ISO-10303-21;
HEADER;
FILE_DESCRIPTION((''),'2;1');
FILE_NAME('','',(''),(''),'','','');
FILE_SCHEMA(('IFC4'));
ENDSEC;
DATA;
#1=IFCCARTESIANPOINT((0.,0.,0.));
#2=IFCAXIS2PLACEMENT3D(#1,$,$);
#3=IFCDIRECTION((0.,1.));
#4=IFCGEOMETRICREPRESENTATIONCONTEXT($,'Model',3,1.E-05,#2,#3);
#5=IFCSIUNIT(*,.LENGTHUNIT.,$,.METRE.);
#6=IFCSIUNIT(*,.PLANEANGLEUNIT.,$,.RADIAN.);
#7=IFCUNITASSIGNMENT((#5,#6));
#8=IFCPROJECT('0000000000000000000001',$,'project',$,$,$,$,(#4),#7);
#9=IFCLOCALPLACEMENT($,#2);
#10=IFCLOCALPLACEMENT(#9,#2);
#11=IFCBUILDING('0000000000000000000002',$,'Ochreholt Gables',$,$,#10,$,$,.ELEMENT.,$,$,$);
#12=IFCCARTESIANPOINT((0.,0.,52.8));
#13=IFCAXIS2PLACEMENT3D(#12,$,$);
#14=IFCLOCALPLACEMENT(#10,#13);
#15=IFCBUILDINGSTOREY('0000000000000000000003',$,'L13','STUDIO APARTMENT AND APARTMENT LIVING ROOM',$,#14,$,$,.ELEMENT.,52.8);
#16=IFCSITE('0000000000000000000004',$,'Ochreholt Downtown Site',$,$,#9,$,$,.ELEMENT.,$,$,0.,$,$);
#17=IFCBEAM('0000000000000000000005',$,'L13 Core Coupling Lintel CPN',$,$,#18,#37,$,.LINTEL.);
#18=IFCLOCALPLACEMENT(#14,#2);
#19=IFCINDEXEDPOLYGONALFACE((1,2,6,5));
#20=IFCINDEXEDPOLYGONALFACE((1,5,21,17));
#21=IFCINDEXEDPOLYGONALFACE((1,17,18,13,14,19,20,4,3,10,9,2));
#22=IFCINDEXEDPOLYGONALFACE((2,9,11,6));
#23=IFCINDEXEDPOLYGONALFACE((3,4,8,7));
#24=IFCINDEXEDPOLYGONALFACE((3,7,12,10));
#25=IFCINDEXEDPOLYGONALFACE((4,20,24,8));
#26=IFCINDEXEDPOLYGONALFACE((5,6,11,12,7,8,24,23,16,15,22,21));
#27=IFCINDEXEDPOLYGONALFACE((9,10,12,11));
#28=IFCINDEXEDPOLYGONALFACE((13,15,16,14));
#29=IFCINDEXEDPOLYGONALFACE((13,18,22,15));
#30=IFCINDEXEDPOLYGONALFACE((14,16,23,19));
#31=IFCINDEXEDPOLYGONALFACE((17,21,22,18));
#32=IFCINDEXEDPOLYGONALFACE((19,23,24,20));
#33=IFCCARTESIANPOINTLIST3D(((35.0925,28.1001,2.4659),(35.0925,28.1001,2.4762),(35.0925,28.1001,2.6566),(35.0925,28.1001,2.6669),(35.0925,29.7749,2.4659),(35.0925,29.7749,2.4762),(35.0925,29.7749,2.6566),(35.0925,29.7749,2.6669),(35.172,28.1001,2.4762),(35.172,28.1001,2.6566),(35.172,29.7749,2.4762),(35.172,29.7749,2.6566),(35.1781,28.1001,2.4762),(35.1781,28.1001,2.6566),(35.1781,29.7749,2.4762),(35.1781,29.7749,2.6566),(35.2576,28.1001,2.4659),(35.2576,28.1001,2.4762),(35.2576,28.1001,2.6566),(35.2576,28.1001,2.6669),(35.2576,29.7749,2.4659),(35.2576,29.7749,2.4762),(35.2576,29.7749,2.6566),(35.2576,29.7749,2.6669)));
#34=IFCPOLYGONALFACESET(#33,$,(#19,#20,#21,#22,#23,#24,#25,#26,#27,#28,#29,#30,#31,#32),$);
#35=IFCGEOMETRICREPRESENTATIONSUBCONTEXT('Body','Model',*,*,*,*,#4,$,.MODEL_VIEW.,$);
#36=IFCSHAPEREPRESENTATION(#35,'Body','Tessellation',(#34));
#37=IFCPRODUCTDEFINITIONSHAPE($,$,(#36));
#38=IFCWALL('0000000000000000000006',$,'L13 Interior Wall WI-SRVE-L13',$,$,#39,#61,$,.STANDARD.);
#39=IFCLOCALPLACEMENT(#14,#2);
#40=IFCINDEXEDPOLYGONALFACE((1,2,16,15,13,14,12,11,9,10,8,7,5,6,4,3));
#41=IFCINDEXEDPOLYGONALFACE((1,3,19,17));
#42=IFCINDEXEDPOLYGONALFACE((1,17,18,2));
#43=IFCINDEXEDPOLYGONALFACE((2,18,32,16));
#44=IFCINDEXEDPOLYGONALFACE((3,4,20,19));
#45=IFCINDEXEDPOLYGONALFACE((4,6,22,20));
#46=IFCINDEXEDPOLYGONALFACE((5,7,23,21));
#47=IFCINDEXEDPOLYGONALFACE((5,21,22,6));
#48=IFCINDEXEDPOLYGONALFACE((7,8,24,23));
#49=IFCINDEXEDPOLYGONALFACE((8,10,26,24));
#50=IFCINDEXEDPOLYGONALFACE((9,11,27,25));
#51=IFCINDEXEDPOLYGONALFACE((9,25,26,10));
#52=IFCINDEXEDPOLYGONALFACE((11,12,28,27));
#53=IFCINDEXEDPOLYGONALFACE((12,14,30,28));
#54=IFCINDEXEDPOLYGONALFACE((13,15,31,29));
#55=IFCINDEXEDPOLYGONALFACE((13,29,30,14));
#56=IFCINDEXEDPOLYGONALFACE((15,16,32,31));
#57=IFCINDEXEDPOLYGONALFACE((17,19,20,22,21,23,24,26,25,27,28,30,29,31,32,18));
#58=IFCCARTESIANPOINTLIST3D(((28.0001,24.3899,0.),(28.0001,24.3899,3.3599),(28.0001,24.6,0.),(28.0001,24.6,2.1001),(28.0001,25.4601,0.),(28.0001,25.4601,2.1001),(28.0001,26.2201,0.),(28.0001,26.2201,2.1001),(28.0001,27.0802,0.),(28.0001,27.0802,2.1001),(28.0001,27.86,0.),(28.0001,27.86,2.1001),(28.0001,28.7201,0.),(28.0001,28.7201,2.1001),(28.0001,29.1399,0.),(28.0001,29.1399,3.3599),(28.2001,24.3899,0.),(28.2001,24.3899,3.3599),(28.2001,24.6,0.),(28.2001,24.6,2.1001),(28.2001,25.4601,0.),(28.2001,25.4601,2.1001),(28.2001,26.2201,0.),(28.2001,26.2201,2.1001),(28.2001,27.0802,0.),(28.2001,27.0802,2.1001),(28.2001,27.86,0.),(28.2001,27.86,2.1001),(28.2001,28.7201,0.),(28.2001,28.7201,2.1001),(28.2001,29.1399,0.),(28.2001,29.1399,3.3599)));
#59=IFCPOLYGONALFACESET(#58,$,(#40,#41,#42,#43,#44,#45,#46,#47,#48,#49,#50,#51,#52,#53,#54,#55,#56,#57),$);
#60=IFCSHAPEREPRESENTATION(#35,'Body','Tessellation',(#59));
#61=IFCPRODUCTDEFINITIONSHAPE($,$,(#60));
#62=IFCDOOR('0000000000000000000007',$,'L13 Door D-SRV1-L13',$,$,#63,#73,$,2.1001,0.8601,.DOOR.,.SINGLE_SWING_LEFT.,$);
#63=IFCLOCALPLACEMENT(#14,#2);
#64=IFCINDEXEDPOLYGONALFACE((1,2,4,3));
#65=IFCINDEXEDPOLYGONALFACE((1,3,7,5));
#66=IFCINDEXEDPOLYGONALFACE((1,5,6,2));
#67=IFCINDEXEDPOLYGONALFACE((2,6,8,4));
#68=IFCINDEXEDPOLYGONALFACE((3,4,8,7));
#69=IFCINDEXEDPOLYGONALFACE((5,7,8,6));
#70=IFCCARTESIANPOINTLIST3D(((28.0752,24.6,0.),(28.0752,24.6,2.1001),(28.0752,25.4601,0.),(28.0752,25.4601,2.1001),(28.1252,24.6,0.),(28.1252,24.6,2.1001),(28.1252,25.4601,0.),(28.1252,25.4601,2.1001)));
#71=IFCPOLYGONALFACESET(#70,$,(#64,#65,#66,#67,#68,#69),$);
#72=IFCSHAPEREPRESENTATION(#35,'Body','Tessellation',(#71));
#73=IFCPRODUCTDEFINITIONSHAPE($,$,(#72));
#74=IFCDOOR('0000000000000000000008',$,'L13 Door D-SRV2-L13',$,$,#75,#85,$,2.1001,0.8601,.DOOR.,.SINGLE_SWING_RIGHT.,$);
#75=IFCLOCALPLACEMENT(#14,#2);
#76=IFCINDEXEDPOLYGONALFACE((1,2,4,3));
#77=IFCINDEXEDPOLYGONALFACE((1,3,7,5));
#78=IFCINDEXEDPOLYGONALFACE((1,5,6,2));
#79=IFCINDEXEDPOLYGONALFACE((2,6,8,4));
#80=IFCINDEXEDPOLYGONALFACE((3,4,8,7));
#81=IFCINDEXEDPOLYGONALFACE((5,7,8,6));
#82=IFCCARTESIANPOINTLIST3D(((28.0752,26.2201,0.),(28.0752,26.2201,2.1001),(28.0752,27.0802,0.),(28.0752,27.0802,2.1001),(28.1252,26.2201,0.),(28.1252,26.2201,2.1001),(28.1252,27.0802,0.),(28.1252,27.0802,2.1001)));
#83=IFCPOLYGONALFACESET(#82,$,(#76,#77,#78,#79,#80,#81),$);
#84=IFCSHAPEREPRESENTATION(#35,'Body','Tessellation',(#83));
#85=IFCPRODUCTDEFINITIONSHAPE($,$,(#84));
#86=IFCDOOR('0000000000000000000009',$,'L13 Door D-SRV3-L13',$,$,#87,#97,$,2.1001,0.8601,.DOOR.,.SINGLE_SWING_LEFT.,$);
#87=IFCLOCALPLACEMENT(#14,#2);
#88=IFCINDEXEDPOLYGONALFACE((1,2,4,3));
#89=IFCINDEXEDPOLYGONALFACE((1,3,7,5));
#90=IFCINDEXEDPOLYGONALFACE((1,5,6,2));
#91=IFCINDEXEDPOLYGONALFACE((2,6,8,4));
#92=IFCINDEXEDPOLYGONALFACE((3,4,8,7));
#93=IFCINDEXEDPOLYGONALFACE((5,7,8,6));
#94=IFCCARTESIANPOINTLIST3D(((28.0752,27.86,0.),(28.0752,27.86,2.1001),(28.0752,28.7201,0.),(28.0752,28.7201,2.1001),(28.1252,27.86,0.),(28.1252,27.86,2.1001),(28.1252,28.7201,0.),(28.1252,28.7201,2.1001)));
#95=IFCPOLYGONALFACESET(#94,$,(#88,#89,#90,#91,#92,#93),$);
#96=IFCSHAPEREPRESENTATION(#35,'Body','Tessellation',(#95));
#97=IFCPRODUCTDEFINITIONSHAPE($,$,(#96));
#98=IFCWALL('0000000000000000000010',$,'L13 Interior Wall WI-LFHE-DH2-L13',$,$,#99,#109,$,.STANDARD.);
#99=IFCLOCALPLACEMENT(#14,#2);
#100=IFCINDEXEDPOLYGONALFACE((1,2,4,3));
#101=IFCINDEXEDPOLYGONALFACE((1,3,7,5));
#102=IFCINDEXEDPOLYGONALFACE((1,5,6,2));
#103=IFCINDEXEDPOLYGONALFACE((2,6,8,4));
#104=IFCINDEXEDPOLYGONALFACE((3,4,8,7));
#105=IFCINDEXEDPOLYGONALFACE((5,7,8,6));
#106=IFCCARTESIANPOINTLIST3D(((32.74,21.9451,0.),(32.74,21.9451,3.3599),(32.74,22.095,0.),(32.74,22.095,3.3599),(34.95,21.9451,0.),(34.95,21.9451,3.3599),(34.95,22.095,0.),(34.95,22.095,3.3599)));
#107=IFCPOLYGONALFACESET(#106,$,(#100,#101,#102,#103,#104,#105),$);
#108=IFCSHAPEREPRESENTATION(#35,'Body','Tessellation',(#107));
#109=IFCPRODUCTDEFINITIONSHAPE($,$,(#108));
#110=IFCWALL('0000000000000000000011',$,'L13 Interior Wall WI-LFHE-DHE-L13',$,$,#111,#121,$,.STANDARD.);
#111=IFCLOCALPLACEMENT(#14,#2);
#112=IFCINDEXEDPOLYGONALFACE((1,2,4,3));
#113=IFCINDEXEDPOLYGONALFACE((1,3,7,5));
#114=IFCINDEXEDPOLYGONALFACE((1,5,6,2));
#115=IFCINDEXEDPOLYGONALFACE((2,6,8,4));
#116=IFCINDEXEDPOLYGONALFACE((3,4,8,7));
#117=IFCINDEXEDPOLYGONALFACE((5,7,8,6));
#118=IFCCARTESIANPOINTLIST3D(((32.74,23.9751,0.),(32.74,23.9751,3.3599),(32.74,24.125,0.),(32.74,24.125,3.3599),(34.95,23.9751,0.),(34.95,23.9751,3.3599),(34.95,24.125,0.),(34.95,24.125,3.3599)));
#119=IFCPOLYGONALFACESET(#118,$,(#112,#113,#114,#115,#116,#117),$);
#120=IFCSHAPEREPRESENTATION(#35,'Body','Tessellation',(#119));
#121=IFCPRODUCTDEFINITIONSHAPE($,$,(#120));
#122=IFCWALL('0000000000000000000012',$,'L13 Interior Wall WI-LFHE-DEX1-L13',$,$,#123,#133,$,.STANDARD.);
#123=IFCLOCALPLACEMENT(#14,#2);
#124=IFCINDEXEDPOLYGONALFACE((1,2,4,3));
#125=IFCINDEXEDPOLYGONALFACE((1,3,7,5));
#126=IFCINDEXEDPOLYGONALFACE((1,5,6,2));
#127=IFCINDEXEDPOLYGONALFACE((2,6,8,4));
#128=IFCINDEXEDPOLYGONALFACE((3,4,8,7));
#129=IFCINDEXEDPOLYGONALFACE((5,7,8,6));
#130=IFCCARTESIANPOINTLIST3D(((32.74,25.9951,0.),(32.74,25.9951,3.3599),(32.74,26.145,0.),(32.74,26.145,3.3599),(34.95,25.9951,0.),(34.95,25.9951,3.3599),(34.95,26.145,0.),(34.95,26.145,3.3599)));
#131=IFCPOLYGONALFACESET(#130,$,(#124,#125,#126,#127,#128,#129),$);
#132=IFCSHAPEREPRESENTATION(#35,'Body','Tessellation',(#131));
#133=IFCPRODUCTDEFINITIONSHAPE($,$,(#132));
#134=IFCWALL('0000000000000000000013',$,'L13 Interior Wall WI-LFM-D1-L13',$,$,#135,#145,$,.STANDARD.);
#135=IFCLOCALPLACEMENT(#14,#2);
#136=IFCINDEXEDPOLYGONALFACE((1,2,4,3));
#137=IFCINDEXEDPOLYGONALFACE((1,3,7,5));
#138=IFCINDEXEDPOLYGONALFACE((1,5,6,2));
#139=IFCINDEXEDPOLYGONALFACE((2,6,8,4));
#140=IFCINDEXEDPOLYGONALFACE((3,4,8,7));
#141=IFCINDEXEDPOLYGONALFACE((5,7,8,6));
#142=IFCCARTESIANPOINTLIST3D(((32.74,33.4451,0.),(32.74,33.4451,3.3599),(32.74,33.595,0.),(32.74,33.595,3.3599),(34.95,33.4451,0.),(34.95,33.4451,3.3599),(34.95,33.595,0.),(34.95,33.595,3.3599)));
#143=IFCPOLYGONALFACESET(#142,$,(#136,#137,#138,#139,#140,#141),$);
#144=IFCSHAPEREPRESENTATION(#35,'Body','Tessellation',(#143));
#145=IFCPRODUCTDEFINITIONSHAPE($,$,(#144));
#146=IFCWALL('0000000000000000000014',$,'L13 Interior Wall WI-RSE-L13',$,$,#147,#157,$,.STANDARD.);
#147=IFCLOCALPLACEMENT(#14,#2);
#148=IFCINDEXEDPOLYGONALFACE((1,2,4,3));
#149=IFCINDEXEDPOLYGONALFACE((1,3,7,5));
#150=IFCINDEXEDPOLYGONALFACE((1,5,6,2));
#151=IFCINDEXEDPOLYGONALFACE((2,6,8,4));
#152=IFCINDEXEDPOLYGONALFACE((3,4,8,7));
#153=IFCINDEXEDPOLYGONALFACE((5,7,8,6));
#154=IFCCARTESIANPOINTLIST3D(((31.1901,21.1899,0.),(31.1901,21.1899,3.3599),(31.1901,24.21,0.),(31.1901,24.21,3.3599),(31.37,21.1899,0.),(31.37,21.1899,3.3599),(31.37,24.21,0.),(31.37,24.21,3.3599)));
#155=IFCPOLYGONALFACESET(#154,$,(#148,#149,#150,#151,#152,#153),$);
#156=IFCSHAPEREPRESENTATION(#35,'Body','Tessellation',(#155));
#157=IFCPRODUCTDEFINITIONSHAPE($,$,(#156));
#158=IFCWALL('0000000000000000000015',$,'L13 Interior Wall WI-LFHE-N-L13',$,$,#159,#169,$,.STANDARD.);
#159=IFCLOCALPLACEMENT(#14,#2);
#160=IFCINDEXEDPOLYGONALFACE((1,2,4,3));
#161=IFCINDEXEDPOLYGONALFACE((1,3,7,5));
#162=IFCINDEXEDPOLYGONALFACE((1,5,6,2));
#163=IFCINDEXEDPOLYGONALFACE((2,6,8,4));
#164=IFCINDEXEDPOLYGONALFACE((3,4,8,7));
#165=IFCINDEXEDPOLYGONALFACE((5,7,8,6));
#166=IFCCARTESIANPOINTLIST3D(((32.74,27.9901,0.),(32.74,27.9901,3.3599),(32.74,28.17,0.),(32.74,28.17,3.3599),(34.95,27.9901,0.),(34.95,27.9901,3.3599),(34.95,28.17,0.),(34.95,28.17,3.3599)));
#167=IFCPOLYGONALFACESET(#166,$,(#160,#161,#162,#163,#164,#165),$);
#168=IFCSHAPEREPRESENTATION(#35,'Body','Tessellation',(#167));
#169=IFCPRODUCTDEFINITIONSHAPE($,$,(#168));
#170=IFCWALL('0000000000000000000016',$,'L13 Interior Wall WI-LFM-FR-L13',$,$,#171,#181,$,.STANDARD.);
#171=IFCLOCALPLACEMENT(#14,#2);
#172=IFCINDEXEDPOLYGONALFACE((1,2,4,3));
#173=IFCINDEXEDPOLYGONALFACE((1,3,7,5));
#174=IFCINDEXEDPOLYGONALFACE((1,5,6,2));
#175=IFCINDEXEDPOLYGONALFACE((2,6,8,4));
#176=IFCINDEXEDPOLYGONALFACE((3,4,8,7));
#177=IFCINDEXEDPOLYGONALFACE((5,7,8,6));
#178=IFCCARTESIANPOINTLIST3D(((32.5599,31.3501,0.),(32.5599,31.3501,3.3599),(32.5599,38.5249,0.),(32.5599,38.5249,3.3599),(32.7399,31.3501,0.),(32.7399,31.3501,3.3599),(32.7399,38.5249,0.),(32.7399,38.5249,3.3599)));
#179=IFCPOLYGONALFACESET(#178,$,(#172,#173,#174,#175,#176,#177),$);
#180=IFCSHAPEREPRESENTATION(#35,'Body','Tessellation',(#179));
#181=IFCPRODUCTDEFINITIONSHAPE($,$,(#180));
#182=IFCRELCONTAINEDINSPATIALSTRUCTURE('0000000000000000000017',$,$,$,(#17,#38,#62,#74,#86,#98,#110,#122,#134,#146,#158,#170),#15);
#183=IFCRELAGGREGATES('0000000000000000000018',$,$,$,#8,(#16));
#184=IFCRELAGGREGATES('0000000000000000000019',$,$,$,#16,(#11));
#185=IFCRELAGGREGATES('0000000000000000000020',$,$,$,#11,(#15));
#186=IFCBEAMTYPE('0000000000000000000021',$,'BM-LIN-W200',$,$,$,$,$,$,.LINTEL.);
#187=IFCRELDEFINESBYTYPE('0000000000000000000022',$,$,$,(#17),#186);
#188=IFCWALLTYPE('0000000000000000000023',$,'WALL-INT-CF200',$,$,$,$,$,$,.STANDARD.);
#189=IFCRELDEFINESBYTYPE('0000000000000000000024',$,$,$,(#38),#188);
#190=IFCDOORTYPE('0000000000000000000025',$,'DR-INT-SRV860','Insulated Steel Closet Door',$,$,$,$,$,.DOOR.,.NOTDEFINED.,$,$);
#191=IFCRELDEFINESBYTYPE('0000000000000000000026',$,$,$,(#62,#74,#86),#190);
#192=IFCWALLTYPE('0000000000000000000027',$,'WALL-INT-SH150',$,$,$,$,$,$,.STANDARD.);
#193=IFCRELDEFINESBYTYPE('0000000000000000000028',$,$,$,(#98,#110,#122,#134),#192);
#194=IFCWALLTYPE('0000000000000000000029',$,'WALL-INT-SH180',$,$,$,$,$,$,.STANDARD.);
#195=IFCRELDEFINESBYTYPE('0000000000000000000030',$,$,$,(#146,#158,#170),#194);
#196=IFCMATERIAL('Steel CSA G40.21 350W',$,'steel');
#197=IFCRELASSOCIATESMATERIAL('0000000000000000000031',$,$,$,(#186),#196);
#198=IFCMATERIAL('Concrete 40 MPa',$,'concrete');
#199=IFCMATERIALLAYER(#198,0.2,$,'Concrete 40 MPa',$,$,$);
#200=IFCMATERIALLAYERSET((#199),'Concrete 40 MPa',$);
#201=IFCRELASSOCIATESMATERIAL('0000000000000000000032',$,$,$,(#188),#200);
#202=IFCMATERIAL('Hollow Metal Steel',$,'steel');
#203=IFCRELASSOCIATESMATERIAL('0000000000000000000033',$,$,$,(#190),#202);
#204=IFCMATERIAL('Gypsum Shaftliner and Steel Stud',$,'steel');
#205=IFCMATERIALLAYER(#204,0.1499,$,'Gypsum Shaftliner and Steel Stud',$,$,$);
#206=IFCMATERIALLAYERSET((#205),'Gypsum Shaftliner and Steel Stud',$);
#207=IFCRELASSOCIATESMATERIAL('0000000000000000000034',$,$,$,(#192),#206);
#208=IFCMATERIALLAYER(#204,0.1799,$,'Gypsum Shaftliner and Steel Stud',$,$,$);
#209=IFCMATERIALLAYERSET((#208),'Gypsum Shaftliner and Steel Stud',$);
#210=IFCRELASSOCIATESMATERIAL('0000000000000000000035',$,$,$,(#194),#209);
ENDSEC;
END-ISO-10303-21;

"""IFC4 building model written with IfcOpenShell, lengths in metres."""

from ifc_helpers import new_model, si_unit, direction, frame, frame_2d, origin, origin_2d, place, context, subcontext, project, spatial, rectangle, i_section, extrude, material, layer, layer_set, material_profile, profile_set, type_object, element, fill, save


model = new_model("IFC4")

# Units and contexts
model_context = context("Model", 3, precision=1e-05, world=origin(), true_north=direction((0.0, 1.0)))
body_context = subcontext(model_context, "Body", "Model", "MODEL_VIEW")
ifc_project = project(units=[si_unit("LENGTHUNIT", "METRE"), si_unit("PLANEANGLEUNIT", "RADIAN")], contexts=[model_context])

# Site, building, storey
site_placement = place(None, origin())
site = spatial("IfcSite", under=ifc_project, at=site_placement, Name="Ochreholt Downtown Site", CompositionType="ELEMENT", RefElevation=0.0)
building_placement = place(site_placement, origin())
building = spatial("IfcBuilding", under=site, at=building_placement, Name="Ochreholt Gables", CompositionType="ELEMENT")
storey_placement = place(building_placement, frame((0.0, 0.0, 52.8)))
storey = spatial("IfcBuildingStorey", under=building, at=storey_placement, Name="L13", Description="STUDIO APARTMENT AND APARTMENT LIVING ROOM", CompositionType="ELEMENT", Elevation=52.8)

# Beam
ifc_material_1 = material(Name="Steel CSA G40.21 350W", Category="steel")
ifc_material_profile = material_profile(ifc_material_1, i_section(OverallWidth=0.165, OverallDepth=0.2009, WebThickness=0.0061, FlangeThickness=0.0103, at=origin_2d()), Name="W200X36")
ifc_profile_set = profile_set([ifc_material_profile], Name="Steel CSA G40.21 350W")
beam_type = type_object("IfcBeamType", Name="BM-LIN-W200", PredefinedType="LINTEL", material=ifc_profile_set)
beam_placement = place(storey_placement, frame((35.175, 28.1001, 2.5664), z_axis=(0.0, 1.0, 0.0), x_axis=(-1.0, 0.0, 0.0)))
element("IfcBeam", 1, at=beam_placement, inside=storey, type_object=beam_type, Name="L13 Core Coupling Lintel CPN", PredefinedType="LINTEL", context=body_context, shape_type="SweptSolid", body=[
    extrude(i_section(OverallWidth=0.165, OverallDepth=0.2009, WebThickness=0.0061, FlangeThickness=0.0103, at=origin_2d()), origin(), (0.0, 0.0, 1.0), 1.6748),
])

# Wall, openings, doors
ifc_material_2 = material(Name="Concrete 40 MPa", Category="concrete")
ifc_layer_1 = layer(ifc_material_2, 0.2, Name="Concrete 40 MPa")
ifc_layer_set_1 = layer_set([ifc_layer_1], Name="Concrete 40 MPa")
wall_type_1 = type_object("IfcWallType", Name="WALL-INT-CF200", PredefinedType="STANDARD", material=ifc_layer_set_1)
wall_1_placement = place(storey_placement, frame((28.1001, 24.3899, 0.0), z_axis=(0.0, 0.0, 1.0), x_axis=(0.0, 1.0, 0.0)))
wall_1 = element("IfcWall", 2, at=wall_1_placement, inside=storey, type_object=wall_type_1, Name="L13 Interior Wall WI-SRVE-L13", PredefinedType="STANDARD", context=body_context, shape_type="SweptSolid", body=[
    extrude(rectangle(XDim=4.75, YDim=0.2, at=frame_2d((2.375, 0.0))), origin(), (0.0, 0.0, 1.0), 3.3599),
])
opening_1_placement = place(wall_1_placement, frame((0.21, 0.0, 0.0)))
opening_1 = element("IfcOpeningElement", 3, at=opening_1_placement, cuts=wall_1, PredefinedType="OPENING", context=body_context, shape_type="SweptSolid", body=[
    extrude(rectangle(XDim=0.8601, YDim=2.1001, at=frame_2d((0.4302, 1.05))), frame((0.0, 0.1099, 0.0), z_axis=(0.0, -1.0, 0.0), x_axis=(1.0, 0.0, 0.0)), (0.0, 0.0, 1.0), 0.22),
])
opening_2_placement = place(wall_1_placement, frame((1.8301, 0.0, 0.0)))
opening_2 = element("IfcOpeningElement", 4, at=opening_2_placement, cuts=wall_1, PredefinedType="OPENING", context=body_context, shape_type="SweptSolid", body=[
    extrude(rectangle(XDim=0.8601, YDim=2.1001, at=frame_2d((0.4302, 1.05))), frame((0.0, 0.1099, 0.0), z_axis=(0.0, -1.0, 0.0), x_axis=(1.0, 0.0, 0.0)), (0.0, 0.0, 1.0), 0.22),
])
opening_3_placement = place(wall_1_placement, frame((3.47, 0.0, 0.0)))
opening_3 = element("IfcOpeningElement", 5, at=opening_3_placement, cuts=wall_1, PredefinedType="OPENING", context=body_context, shape_type="SweptSolid", body=[
    extrude(rectangle(XDim=0.8601, YDim=2.1001, at=frame_2d((0.4302, 1.05))), frame((0.0, 0.1099, 0.0), z_axis=(0.0, -1.0, 0.0), x_axis=(1.0, 0.0, 0.0)), (0.0, 0.0, 1.0), 0.22),
])
ifc_material_3 = material(Name="Hollow Metal Steel", Category="steel")
door_type_1 = type_object("IfcDoorType", Name="DR-INT-SRV860", Description="Insulated Steel Closet Door", OperationType="NOTDEFINED", PredefinedType="DOOR", material=ifc_material_3)
door_1_placement = place(opening_1_placement, origin())
door_1 = element("IfcDoor", 6, at=door_1_placement, inside=storey, type_object=door_type_1, Name="L13 Door D-SRV1-L13", OperationType="SINGLE_SWING_LEFT", OverallHeight=2.1001, OverallWidth=0.8601, PredefinedType="DOOR", context=body_context, shape_type="SweptSolid", body=[
    extrude(rectangle(XDim=0.8601, YDim=2.1001, at=frame_2d((0.4302, 1.05))), frame((0.0, 0.0249, 0.0), z_axis=(0.0, -1.0, 0.0), x_axis=(1.0, 0.0, 0.0)), (0.0, 0.0, 1.0), 0.05),
])
fill(opening_1, door_1)
door_2_placement = place(opening_2_placement, origin())
door_2 = element("IfcDoor", 7, at=door_2_placement, inside=storey, type_object=door_type_1, Name="L13 Door D-SRV2-L13", OperationType="SINGLE_SWING_RIGHT", OverallHeight=2.1001, OverallWidth=0.8601, PredefinedType="DOOR", context=body_context, shape_type="SweptSolid", body=[
    extrude(rectangle(XDim=0.8601, YDim=2.1001, at=frame_2d((0.4302, 1.05))), frame((0.0, 0.0249, 0.0), z_axis=(0.0, -1.0, 0.0), x_axis=(1.0, 0.0, 0.0)), (0.0, 0.0, 1.0), 0.05),
])
fill(opening_2, door_2)
door_3_placement = place(opening_3_placement, origin())
door_3 = element("IfcDoor", 8, at=door_3_placement, inside=storey, type_object=door_type_1, Name="L13 Door D-SRV3-L13", OperationType="SINGLE_SWING_LEFT", OverallHeight=2.1001, OverallWidth=0.8601, PredefinedType="DOOR", context=body_context, shape_type="SweptSolid", body=[
    extrude(rectangle(XDim=0.8601, YDim=2.1001, at=frame_2d((0.4302, 1.05))), frame((0.0, 0.0249, 0.0), z_axis=(0.0, -1.0, 0.0), x_axis=(1.0, 0.0, 0.0)), (0.0, 0.0, 1.0), 0.05),
])
fill(opening_3, door_3)

# Walls
ifc_material_4 = material(Name="Gypsum Shaftliner and Steel Stud", Category="steel")
ifc_layer_2 = layer(ifc_material_4, 0.1499, Name="Gypsum Shaftliner and Steel Stud")
ifc_layer_set_2 = layer_set([ifc_layer_2], Name="Gypsum Shaftliner and Steel Stud")
wall_type_2 = type_object("IfcWallType", Name="WALL-INT-SH150", PredefinedType="STANDARD", material=ifc_layer_set_2)
for number, where, z_axis, x_axis, name in (
    (9, (32.74, 22.02, 0.0), (0.0, 0.0, 1.0), (1.0, 0.0, 0.0), "L13 Interior Wall WI-LFHE-DH2-L13"),
    (10, (32.74, 24.05, 0.0), (0.0, 0.0, 1.0), (1.0, 0.0, 0.0), "L13 Interior Wall WI-LFHE-DHE-L13"),
    (11, (32.74, 26.0701, 0.0), (0.0, 0.0, 1.0), (1.0, 0.0, 0.0), "L13 Interior Wall WI-LFHE-DEX1-L13"),
    (12, (32.74, 33.52, 0.0), (0.0, 0.0, 1.0), (1.0, 0.0, 0.0), "L13 Interior Wall WI-LFM-D1-L13"),
):
    element("IfcWall", number, at=place(storey_placement, frame(where, z_axis=z_axis, x_axis=x_axis)), inside=storey, type_object=wall_type_2, Name=name, PredefinedType="STANDARD", context=body_context, shape_type="SweptSolid", body=[
        extrude(rectangle(XDim=2.21, YDim=0.1499, at=frame_2d((1.105, 0.0))), origin(), (0.0, 0.0, 1.0), 3.3599),
    ])
ifc_layer_3 = layer(ifc_material_4, 0.1799, Name="Gypsum Shaftliner and Steel Stud")
ifc_layer_set_3 = layer_set([ifc_layer_3], Name="Gypsum Shaftliner and Steel Stud")
wall_type_3 = type_object("IfcWallType", Name="WALL-INT-SH180", PredefinedType="STANDARD", material=ifc_layer_set_3)
wall_2_placement = place(storey_placement, frame((31.28, 21.1899, 0.0), z_axis=(0.0, 0.0, 1.0), x_axis=(0.0, 1.0, 0.0)))
element("IfcWall", 13, at=wall_2_placement, inside=storey, type_object=wall_type_3, Name="L13 Interior Wall WI-RSE-L13", PredefinedType="STANDARD", context=body_context, shape_type="SweptSolid", body=[
    extrude(rectangle(XDim=3.02, YDim=0.1799, at=frame_2d((1.51, 0.0))), origin(), (0.0, 0.0, 1.0), 3.3599),
])
wall_3_placement = place(storey_placement, frame((32.74, 28.0801, 0.0), z_axis=(0.0, 0.0, 1.0), x_axis=(1.0, 0.0, 0.0)))
element("IfcWall", 14, at=wall_3_placement, inside=storey, type_object=wall_type_3, Name="L13 Interior Wall WI-LFHE-N-L13", PredefinedType="STANDARD", context=body_context, shape_type="SweptSolid", body=[
    extrude(rectangle(XDim=2.21, YDim=0.1799, at=frame_2d((1.105, 0.0))), origin(), (0.0, 0.0, 1.0), 3.3599),
])
wall_4_placement = place(storey_placement, frame((32.6499, 31.3501, 0.0), z_axis=(0.0, 0.0, 1.0), x_axis=(0.0, 1.0, 0.0)))
element("IfcWall", 15, at=wall_4_placement, inside=storey, type_object=wall_type_3, Name="L13 Interior Wall WI-LFM-FR-L13", PredefinedType="STANDARD", context=body_context, shape_type="SweptSolid", body=[
    extrude(rectangle(XDim=7.1748, YDim=0.1799, at=frame_2d((3.5874, 0.0))), origin(), (0.0, 0.0, 1.0), 3.3599),
])

save(model, "model.ifc")
